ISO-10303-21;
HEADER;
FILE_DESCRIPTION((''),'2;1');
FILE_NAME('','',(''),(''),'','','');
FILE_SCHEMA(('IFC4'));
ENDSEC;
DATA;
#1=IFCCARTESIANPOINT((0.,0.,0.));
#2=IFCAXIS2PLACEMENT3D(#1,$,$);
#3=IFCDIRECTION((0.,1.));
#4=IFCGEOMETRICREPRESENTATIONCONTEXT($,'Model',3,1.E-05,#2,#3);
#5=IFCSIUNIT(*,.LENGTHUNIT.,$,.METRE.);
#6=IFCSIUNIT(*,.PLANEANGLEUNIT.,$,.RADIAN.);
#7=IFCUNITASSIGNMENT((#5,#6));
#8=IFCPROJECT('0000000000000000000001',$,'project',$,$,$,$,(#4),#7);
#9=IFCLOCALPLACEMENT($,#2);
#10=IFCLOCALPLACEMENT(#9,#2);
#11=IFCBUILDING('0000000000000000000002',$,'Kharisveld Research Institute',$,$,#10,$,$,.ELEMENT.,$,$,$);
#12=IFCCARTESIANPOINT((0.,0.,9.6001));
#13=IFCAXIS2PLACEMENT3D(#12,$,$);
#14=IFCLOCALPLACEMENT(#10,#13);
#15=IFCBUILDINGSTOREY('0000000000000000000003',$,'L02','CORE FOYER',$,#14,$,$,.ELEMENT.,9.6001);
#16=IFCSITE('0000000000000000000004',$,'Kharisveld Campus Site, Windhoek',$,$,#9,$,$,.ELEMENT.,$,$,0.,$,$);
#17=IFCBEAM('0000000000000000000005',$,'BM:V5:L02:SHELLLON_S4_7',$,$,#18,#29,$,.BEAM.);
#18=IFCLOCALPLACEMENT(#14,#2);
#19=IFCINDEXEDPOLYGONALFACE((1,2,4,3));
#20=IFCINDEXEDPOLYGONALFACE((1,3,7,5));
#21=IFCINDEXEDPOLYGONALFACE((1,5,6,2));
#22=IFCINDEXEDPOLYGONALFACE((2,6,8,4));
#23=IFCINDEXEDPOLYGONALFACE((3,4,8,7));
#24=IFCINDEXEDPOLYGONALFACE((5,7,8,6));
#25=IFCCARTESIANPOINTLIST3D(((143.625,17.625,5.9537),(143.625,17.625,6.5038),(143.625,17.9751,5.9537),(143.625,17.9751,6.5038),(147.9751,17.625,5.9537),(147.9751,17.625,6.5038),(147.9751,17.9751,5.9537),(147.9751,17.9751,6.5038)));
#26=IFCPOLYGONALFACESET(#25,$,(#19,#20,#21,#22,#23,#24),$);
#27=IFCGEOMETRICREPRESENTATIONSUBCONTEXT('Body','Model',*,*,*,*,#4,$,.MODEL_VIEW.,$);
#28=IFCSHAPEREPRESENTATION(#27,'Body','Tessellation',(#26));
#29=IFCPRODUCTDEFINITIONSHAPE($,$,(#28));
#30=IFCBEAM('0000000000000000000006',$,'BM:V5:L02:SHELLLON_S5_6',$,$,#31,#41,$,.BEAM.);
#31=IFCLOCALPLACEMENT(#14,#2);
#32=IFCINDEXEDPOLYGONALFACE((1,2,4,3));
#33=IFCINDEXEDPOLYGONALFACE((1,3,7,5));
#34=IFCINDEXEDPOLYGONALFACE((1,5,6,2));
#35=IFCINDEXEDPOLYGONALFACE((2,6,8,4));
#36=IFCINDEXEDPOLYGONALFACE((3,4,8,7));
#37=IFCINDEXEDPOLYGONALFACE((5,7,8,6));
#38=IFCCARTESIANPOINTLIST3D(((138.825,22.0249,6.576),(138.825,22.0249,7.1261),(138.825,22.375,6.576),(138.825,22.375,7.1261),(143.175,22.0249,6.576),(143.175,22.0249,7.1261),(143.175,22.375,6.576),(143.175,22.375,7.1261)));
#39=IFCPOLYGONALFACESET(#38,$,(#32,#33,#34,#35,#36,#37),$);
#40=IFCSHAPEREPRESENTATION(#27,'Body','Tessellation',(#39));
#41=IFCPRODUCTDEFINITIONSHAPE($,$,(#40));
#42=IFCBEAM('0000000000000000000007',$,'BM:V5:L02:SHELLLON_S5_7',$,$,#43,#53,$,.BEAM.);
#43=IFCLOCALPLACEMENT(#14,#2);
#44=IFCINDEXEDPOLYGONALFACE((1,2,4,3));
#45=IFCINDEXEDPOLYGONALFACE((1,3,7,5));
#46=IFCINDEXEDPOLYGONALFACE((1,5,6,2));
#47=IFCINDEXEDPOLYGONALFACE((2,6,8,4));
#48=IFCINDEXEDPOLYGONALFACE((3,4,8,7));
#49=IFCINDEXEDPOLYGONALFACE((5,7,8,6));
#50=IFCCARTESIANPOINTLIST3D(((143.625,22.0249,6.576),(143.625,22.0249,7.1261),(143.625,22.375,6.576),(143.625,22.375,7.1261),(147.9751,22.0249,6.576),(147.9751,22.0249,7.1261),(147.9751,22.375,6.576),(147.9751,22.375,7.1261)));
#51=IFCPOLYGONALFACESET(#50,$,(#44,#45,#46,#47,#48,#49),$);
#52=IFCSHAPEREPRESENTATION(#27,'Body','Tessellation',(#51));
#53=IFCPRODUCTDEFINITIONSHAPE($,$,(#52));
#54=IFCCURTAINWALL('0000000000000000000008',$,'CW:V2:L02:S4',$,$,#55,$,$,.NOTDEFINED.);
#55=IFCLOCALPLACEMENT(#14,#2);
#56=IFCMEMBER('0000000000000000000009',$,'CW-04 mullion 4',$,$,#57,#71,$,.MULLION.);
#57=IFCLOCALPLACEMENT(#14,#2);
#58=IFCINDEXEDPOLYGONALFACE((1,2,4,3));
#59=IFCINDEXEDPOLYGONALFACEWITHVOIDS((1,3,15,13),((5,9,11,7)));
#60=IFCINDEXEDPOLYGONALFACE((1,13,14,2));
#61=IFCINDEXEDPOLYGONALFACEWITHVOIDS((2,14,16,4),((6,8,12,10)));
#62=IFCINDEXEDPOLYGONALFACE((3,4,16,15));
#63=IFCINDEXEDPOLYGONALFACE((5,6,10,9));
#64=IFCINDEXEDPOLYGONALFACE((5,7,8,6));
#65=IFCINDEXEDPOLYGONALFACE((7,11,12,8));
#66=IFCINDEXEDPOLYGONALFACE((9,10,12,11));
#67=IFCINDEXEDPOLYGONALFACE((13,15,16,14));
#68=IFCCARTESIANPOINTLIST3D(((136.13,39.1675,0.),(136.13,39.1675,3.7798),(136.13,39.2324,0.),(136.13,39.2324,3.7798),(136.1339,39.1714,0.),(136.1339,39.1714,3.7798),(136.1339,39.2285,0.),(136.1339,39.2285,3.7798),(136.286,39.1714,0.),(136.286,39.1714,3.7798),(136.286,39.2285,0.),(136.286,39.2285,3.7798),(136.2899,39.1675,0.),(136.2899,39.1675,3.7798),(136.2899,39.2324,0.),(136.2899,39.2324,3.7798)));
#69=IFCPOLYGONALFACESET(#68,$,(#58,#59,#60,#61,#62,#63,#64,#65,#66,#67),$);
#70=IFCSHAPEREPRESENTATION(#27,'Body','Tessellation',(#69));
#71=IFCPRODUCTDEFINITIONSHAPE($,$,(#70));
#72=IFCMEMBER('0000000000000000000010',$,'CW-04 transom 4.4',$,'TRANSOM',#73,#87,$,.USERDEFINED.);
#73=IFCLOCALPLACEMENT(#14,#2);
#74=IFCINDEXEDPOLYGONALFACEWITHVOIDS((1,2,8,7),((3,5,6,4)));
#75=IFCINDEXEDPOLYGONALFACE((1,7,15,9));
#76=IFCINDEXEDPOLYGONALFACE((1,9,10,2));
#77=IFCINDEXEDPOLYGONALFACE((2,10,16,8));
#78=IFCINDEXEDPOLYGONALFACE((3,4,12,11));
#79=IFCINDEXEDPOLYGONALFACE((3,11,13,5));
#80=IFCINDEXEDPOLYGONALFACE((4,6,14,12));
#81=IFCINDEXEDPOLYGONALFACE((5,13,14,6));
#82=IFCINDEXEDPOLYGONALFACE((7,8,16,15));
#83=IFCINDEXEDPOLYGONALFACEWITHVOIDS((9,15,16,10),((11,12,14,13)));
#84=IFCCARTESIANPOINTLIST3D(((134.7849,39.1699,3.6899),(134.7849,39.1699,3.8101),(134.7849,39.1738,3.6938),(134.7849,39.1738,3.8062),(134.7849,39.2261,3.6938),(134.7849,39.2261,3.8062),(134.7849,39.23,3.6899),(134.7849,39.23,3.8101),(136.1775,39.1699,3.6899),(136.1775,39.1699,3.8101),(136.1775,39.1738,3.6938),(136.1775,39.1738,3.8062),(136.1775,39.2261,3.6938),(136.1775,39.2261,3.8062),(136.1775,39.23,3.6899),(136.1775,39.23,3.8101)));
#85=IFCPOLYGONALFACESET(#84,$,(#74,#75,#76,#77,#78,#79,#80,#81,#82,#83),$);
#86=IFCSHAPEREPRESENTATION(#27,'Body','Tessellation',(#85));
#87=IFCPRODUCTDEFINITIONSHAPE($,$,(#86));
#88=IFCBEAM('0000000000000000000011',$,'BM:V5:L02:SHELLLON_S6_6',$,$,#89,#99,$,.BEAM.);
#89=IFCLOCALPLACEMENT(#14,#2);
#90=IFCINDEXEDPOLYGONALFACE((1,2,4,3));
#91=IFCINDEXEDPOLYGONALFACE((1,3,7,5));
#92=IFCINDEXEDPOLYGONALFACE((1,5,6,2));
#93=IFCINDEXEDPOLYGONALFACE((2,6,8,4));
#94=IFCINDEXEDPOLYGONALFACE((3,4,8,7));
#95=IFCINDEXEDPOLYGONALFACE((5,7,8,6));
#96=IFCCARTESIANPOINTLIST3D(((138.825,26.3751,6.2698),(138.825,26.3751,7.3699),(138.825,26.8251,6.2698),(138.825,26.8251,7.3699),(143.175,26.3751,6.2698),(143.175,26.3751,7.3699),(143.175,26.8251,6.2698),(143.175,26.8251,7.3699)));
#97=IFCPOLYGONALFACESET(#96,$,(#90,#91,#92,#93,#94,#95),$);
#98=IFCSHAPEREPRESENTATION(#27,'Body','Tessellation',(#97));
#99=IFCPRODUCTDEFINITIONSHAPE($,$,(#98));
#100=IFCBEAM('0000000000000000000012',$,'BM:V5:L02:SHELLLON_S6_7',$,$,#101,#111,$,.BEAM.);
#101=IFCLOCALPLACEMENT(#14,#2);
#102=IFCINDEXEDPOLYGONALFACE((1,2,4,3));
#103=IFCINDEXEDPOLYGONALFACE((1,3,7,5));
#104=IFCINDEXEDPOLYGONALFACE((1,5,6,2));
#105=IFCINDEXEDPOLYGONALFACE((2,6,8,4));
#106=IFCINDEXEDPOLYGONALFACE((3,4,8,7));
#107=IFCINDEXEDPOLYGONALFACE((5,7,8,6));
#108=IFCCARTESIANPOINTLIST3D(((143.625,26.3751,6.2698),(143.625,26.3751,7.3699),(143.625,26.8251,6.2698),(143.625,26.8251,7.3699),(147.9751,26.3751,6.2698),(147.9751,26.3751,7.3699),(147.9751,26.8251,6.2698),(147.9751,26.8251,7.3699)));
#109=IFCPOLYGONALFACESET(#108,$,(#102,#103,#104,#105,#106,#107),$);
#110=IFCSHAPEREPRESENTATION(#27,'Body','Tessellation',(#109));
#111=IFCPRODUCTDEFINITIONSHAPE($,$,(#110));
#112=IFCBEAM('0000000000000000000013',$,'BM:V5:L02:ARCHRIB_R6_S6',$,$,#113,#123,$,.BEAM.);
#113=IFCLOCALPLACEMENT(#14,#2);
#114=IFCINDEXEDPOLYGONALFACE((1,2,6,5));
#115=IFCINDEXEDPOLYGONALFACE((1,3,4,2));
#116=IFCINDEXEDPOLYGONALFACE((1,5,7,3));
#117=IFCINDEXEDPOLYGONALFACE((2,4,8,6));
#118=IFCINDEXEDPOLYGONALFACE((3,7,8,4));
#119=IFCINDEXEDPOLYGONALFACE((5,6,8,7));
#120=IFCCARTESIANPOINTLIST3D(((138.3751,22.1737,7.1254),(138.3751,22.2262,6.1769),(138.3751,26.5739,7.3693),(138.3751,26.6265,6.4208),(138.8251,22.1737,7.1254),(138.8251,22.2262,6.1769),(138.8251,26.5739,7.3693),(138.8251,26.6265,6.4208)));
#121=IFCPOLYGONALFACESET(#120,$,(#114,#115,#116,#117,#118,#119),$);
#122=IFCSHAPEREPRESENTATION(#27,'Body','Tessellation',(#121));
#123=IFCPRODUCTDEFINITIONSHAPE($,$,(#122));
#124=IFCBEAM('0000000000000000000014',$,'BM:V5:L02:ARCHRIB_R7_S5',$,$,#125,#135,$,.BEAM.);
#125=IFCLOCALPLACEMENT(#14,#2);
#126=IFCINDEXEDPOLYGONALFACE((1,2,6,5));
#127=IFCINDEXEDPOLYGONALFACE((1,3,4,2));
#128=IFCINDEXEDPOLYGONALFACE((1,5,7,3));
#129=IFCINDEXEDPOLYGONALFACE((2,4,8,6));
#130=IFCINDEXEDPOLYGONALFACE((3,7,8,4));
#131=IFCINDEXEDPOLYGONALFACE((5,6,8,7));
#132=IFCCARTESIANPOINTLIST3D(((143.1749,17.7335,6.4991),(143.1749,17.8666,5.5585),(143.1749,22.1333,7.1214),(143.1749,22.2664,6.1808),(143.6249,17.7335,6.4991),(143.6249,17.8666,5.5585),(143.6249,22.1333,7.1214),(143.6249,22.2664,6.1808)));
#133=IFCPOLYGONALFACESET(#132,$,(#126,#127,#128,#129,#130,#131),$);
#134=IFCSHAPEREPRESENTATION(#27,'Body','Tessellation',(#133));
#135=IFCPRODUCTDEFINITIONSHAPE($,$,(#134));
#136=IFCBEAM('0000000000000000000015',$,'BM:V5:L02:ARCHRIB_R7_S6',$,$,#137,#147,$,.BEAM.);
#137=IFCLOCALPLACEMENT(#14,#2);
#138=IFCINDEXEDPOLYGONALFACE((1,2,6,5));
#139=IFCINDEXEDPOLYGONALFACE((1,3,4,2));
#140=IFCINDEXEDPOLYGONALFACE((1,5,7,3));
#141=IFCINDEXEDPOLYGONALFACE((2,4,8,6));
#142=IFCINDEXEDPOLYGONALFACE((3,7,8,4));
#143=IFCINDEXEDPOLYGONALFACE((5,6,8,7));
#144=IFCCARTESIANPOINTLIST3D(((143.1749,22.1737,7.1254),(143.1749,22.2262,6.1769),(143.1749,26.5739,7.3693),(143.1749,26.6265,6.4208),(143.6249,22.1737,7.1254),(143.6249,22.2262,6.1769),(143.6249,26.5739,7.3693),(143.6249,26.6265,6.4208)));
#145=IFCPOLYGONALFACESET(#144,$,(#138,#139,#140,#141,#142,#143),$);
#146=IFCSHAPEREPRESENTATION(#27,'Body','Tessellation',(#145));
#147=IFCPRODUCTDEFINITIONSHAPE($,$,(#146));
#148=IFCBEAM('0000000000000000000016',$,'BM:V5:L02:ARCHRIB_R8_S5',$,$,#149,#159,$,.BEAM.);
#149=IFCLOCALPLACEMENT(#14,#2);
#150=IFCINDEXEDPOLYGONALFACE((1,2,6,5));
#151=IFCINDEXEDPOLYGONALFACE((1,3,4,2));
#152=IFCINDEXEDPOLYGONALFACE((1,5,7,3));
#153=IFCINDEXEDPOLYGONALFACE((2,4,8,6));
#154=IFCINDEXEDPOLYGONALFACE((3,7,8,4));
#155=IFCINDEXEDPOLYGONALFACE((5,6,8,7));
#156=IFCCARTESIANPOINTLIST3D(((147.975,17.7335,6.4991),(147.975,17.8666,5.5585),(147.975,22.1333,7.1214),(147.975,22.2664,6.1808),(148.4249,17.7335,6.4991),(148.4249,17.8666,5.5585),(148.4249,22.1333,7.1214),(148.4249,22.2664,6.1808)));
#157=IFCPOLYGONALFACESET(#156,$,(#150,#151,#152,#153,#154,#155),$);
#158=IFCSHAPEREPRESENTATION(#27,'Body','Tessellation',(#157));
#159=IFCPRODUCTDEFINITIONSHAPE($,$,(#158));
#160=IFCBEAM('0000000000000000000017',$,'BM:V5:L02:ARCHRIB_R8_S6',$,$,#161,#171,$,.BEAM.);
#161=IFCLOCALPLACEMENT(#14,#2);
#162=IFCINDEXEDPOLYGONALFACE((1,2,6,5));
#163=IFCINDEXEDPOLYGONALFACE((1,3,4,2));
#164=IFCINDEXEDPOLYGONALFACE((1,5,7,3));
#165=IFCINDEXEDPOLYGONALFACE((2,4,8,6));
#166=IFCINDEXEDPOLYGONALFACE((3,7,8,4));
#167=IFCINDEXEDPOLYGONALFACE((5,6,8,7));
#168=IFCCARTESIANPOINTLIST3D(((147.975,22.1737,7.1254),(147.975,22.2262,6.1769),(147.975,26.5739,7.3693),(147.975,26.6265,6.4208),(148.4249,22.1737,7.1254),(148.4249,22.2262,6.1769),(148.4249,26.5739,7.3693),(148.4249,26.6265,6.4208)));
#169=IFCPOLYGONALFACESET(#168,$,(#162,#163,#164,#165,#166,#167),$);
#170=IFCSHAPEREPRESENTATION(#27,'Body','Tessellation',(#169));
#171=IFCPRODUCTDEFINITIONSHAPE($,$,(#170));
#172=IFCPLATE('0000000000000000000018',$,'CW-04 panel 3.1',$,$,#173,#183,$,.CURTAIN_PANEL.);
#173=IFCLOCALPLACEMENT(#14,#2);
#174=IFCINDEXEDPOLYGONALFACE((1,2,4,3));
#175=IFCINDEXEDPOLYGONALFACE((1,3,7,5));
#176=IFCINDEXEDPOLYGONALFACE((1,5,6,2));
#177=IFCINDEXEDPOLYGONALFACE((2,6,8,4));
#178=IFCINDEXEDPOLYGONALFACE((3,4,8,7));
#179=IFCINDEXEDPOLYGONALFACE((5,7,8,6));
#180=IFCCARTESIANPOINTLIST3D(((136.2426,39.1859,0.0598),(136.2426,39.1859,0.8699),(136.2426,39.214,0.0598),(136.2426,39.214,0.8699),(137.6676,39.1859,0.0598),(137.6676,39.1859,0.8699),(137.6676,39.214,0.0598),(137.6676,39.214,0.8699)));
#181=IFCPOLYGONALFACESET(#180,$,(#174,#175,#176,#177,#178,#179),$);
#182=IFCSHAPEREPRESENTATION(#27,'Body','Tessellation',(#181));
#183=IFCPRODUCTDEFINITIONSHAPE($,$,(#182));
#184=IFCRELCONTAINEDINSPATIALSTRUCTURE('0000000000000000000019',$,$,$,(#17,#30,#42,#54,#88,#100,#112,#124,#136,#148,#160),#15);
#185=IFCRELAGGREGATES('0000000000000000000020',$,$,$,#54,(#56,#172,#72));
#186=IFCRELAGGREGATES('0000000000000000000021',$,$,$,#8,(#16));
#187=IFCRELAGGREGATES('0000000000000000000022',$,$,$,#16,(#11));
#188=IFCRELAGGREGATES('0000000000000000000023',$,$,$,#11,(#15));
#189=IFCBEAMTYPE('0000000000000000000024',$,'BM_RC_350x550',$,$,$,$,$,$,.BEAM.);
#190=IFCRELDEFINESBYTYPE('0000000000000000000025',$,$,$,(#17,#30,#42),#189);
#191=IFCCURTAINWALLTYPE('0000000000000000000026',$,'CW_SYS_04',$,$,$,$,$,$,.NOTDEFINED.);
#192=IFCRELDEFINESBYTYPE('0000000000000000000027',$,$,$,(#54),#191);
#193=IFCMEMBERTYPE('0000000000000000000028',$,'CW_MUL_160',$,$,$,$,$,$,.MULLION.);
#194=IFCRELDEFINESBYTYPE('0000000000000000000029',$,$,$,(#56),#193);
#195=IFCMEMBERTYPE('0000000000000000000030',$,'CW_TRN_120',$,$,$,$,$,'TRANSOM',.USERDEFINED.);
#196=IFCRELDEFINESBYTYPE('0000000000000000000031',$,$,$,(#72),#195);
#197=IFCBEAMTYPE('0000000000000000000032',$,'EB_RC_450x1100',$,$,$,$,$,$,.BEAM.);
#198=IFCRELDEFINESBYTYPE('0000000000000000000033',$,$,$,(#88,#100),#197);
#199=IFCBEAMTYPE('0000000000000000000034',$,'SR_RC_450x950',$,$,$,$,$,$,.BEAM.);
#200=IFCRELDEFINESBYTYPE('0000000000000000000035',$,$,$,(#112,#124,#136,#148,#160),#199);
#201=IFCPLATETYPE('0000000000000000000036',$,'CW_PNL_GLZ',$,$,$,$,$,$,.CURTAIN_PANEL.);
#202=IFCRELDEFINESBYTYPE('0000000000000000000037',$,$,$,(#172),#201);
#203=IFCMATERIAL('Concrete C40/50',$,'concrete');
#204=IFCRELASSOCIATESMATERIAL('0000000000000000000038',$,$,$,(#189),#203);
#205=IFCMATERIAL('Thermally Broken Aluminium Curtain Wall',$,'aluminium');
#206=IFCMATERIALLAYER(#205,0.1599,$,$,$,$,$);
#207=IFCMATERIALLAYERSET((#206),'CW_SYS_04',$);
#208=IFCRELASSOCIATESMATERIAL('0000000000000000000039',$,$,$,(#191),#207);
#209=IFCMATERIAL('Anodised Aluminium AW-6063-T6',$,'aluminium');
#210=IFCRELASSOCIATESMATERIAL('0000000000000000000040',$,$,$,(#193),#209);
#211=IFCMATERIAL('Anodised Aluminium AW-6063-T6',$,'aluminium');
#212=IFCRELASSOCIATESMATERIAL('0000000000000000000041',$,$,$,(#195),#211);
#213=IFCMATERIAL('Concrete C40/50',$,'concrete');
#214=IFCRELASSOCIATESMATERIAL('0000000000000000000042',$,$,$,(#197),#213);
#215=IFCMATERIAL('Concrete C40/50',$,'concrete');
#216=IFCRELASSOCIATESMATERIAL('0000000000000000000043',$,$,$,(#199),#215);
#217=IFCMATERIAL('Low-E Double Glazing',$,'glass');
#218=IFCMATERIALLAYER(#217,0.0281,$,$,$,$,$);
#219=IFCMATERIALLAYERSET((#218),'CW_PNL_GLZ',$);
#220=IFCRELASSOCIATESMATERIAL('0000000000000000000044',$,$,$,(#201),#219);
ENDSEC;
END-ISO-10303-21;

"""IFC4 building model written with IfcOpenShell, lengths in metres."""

from ifc_helpers import new_model, si_unit, direction, frame, origin, origin_2d, place, context, subcontext, project, spatial, rectangle, hollow_rectangle, extrude, material, layer, layer_set, material_profile, profile_set, type_object, element, aggregate, save


model = new_model("IFC4")

# Units and contexts
model_context = context("Model", 3, precision=1e-05, world=origin(), true_north=direction((0.0, 1.0)))
body_context = subcontext(model_context, "Body", "Model", "MODEL_VIEW")
ifc_project = project(units=[si_unit("LENGTHUNIT", "METRE"), si_unit("PLANEANGLEUNIT", "RADIAN")], contexts=[model_context])

# Site, building, storey
site_placement = place(None, origin())
site = spatial("IfcSite", under=ifc_project, at=site_placement, Name="Kharisveld Campus Site, Windhoek", CompositionType="ELEMENT", RefElevation=0.0)
building_placement = place(site_placement, origin())
building = spatial("IfcBuilding", under=site, at=building_placement, Name="Kharisveld Research Institute", CompositionType="ELEMENT")
storey_placement = place(building_placement, frame((0.0, 0.0, 9.6001)))
storey = spatial("IfcBuildingStorey", under=building, at=storey_placement, Name="L02", Description="CORE FOYER", CompositionType="ELEMENT", Elevation=9.6001)

# Beams
ifc_material_1 = material(Name="Concrete C40/50", Category="concrete")
ifc_material_profile_1 = material_profile(ifc_material_1, rectangle(XDim=0.3501, YDim=0.55, at=origin_2d()))
ifc_profile_set_1 = profile_set([ifc_material_profile_1], Name="Concrete C40/50")
beam_type_1 = type_object("IfcBeamType", Name="BM_RC_350x550", PredefinedType="BEAM", material=ifc_profile_set_1)
for number, where, z_axis, x_axis, name in (
    (1, (143.625, 17.8, 6.2288), (1.0, 0.0, 0.0), (0.0, 1.0, 0.0), "BM:V5:L02:SHELLLON_S4_7"),
    (2, (138.825, 22.2, 6.8511), (1.0, 0.0, 0.0), (0.0, 1.0, 0.0), "BM:V5:L02:SHELLLON_S5_6"),
    (3, (143.625, 22.2, 6.8511), (1.0, 0.0, 0.0), (0.0, 1.0, 0.0), "BM:V5:L02:SHELLLON_S5_7"),
):
    element("IfcBeam", number, at=place(storey_placement, frame(where, z_axis=z_axis, x_axis=x_axis)), inside=storey, type_object=beam_type_1, Name=name, PredefinedType="BEAM", context=body_context, shape_type="SweptSolid", body=[
        extrude(rectangle(XDim=0.3501, YDim=0.55, at=origin_2d()), origin(), (0.0, 0.0, 1.0), 4.3501),
    ])

# Curtain wall, members
ifc_material_2 = material(Name="Thermally Broken Aluminium Curtain Wall", Category="aluminium")
ifc_layer_1 = layer(ifc_material_2, 0.1599)
ifc_layer_set_1 = layer_set([ifc_layer_1], Name="CW_SYS_04")
curtain_wall_type = type_object("IfcCurtainWallType", Name="CW_SYS_04", PredefinedType="NOTDEFINED", material=ifc_layer_set_1)
curtain_wall_placement = place(storey_placement, origin())
curtain_wall = element("IfcCurtainWall", 4, at=curtain_wall_placement, inside=storey, type_object=curtain_wall_type, Name="CW:V2:L02:S4", PredefinedType="NOTDEFINED")
ifc_material_3 = material(Name="Anodised Aluminium AW-6063-T6", Category="aluminium")
ifc_material_profile_2 = material_profile(ifc_material_3, hollow_rectangle(XDim=0.0649, YDim=0.1599, WallThickness=0.0039, at=origin_2d()))
ifc_profile_set_2 = profile_set([ifc_material_profile_2], Name="Anodised Aluminium AW-6063-T6")
member_type_1 = type_object("IfcMemberType", Name="CW_MUL_160", PredefinedType="MULLION", material=ifc_profile_set_2)
member_1_placement = place(storey_placement, frame((136.21, 39.2, 0.0), z_axis=(0.0, 0.0, 1.0), x_axis=(0.0, -1.0, 0.0)))
member_1 = element("IfcMember", 5, at=member_1_placement, type_object=member_type_1, Name="CW-04 mullion 4", PredefinedType="MULLION", context=body_context, shape_type="SweptSolid", body=[
    extrude(hollow_rectangle(XDim=0.0649, YDim=0.1599, WallThickness=0.0039, at=origin_2d()), origin(), (0.0, 0.0, 1.0), 3.7798),
])
ifc_material_4 = material(Name="Anodised Aluminium AW-6063-T6", Category="aluminium")
ifc_material_profile_3 = material_profile(ifc_material_4, hollow_rectangle(XDim=0.0601, YDim=0.1201, WallThickness=0.0039, at=origin_2d()))
ifc_profile_set_3 = profile_set([ifc_material_profile_3], Name="Anodised Aluminium AW-6063-T6")
member_type_2 = type_object("IfcMemberType", Name="CW_TRN_120", ElementType="TRANSOM", PredefinedType="USERDEFINED", material=ifc_profile_set_3)
member_2_placement = place(storey_placement, frame((136.1775, 39.2, 3.75), z_axis=(-1.0, 0.0, 0.0), x_axis=(0.0, -1.0, 0.0)))
member_2 = element("IfcMember", 6, at=member_2_placement, type_object=member_type_2, Name="CW-04 transom 4.4", ObjectType="TRANSOM", PredefinedType="USERDEFINED", context=body_context, shape_type="SweptSolid", body=[
    extrude(hollow_rectangle(XDim=0.0601, YDim=0.1201, WallThickness=0.0039, at=origin_2d()), origin(), (0.0, 0.0, 1.0), 1.3926),
])

# Beams
ifc_material_5 = material(Name="Concrete C40/50", Category="concrete")
ifc_material_profile_4 = material_profile(ifc_material_5, rectangle(XDim=0.45, YDim=1.1001, at=origin_2d()))
ifc_profile_set_4 = profile_set([ifc_material_profile_4], Name="Concrete C40/50")
beam_type_2 = type_object("IfcBeamType", Name="EB_RC_450x1100", PredefinedType="BEAM", material=ifc_profile_set_4)
for number, where, z_axis, x_axis, name in (
    (7, (138.825, 26.6001, 6.8198), (1.0, 0.0, 0.0), (0.0, 1.0, 0.0), "BM:V5:L02:SHELLLON_S6_6"),
    (8, (143.625, 26.6001, 6.8198), (1.0, 0.0, 0.0), (0.0, 1.0, 0.0), "BM:V5:L02:SHELLLON_S6_7"),
):
    element("IfcBeam", number, at=place(storey_placement, frame(where, z_axis=z_axis, x_axis=x_axis)), inside=storey, type_object=beam_type_2, Name=name, PredefinedType="BEAM", context=body_context, shape_type="SweptSolid", body=[
        extrude(rectangle(XDim=0.45, YDim=1.1001, at=origin_2d()), origin(), (0.0, 0.0, 1.0), 4.3501),
    ])
ifc_material_6 = material(Name="Concrete C40/50", Category="concrete")
ifc_material_profile_5 = material_profile(ifc_material_6, rectangle(XDim=0.45, YDim=0.95, at=origin_2d()))
ifc_profile_set_5 = profile_set([ifc_material_profile_5], Name="Concrete C40/50")
beam_type_3 = type_object("IfcBeamType", Name="SR_RC_450x950", PredefinedType="BEAM", material=ifc_profile_set_5)
beam_1_placement = place(storey_placement, frame((138.6001, 22.2, 6.6511), z_axis=(0.0, 0.998467, 0.055344), x_axis=(-1.0, 0.0, 0.0)))
element("IfcBeam", 9, at=beam_1_placement, inside=storey, type_object=beam_type_3, Name="BM:V5:L02:ARCHRIB_R6_S6", PredefinedType="BEAM", context=body_context, shape_type="SweptSolid", body=[
    extrude(rectangle(XDim=0.45, YDim=0.95, at=origin_2d()), origin(), (0.0, 0.0, 1.0), 4.407),
])
beam_2_placement = place(storey_placement, frame((143.3999, 17.8, 6.0288), z_axis=(0.0, 0.990145, 0.140044), x_axis=(-1.0, 0.0, 0.0)))
element("IfcBeam", 10, at=beam_2_placement, inside=storey, type_object=beam_type_3, Name="BM:V5:L02:ARCHRIB_R7_S5", PredefinedType="BEAM", context=body_context, shape_type="SweptSolid", body=[
    extrude(rectangle(XDim=0.45, YDim=0.95, at=origin_2d()), origin(), (0.0, 0.0, 1.0), 4.4436),
])
beam_3_placement = place(storey_placement, frame((143.3999, 22.2, 6.6511), z_axis=(0.0, 0.998467, 0.055344), x_axis=(-1.0, 0.0, 0.0)))
element("IfcBeam", 11, at=beam_3_placement, inside=storey, type_object=beam_type_3, Name="BM:V5:L02:ARCHRIB_R7_S6", PredefinedType="BEAM", context=body_context, shape_type="SweptSolid", body=[
    extrude(rectangle(XDim=0.45, YDim=0.95, at=origin_2d()), origin(), (0.0, 0.0, 1.0), 4.407),
])
beam_4_placement = place(storey_placement, frame((148.2, 17.8, 6.0288), z_axis=(0.0, 0.990145, 0.140044), x_axis=(-1.0, 0.0, 0.0)))
element("IfcBeam", 12, at=beam_4_placement, inside=storey, type_object=beam_type_3, Name="BM:V5:L02:ARCHRIB_R8_S5", PredefinedType="BEAM", context=body_context, shape_type="SweptSolid", body=[
    extrude(rectangle(XDim=0.45, YDim=0.95, at=origin_2d()), origin(), (0.0, 0.0, 1.0), 4.4436),
])
beam_5_placement = place(storey_placement, frame((148.2, 22.2, 6.6511), z_axis=(0.0, 0.998467, 0.055344), x_axis=(-1.0, 0.0, 0.0)))
element("IfcBeam", 13, at=beam_5_placement, inside=storey, type_object=beam_type_3, Name="BM:V5:L02:ARCHRIB_R8_S6", PredefinedType="BEAM", context=body_context, shape_type="SweptSolid", body=[
    extrude(rectangle(XDim=0.45, YDim=0.95, at=origin_2d()), origin(), (0.0, 0.0, 1.0), 4.407),
])

# Plate
ifc_material_7 = material(Name="Low-E Double Glazing", Category="glass")
ifc_layer_2 = layer(ifc_material_7, 0.0281)
ifc_layer_set_2 = layer_set([ifc_layer_2], Name="CW_PNL_GLZ")
plate_type = type_object("IfcPlateType", Name="CW_PNL_GLZ", PredefinedType="CURTAIN_PANEL", material=ifc_layer_set_2)
plate_placement = place(storey_placement, frame((136.9551, 39.2, 0.0598), z_axis=(0.0, 0.0, 1.0), x_axis=(-1.0, 0.0, 0.0)))
plate = element("IfcPlate", 14, at=plate_placement, type_object=plate_type, Name="CW-04 panel 3.1", PredefinedType="CURTAIN_PANEL", context=body_context, shape_type="SweptSolid", body=[
    extrude(rectangle(XDim=1.425, YDim=0.0281, at=origin_2d()), origin(), (0.0, 0.0, 1.0), 0.8101),
])
aggregate(curtain_wall, [member_1, plate, member_2])

save(model, "model.ifc")
